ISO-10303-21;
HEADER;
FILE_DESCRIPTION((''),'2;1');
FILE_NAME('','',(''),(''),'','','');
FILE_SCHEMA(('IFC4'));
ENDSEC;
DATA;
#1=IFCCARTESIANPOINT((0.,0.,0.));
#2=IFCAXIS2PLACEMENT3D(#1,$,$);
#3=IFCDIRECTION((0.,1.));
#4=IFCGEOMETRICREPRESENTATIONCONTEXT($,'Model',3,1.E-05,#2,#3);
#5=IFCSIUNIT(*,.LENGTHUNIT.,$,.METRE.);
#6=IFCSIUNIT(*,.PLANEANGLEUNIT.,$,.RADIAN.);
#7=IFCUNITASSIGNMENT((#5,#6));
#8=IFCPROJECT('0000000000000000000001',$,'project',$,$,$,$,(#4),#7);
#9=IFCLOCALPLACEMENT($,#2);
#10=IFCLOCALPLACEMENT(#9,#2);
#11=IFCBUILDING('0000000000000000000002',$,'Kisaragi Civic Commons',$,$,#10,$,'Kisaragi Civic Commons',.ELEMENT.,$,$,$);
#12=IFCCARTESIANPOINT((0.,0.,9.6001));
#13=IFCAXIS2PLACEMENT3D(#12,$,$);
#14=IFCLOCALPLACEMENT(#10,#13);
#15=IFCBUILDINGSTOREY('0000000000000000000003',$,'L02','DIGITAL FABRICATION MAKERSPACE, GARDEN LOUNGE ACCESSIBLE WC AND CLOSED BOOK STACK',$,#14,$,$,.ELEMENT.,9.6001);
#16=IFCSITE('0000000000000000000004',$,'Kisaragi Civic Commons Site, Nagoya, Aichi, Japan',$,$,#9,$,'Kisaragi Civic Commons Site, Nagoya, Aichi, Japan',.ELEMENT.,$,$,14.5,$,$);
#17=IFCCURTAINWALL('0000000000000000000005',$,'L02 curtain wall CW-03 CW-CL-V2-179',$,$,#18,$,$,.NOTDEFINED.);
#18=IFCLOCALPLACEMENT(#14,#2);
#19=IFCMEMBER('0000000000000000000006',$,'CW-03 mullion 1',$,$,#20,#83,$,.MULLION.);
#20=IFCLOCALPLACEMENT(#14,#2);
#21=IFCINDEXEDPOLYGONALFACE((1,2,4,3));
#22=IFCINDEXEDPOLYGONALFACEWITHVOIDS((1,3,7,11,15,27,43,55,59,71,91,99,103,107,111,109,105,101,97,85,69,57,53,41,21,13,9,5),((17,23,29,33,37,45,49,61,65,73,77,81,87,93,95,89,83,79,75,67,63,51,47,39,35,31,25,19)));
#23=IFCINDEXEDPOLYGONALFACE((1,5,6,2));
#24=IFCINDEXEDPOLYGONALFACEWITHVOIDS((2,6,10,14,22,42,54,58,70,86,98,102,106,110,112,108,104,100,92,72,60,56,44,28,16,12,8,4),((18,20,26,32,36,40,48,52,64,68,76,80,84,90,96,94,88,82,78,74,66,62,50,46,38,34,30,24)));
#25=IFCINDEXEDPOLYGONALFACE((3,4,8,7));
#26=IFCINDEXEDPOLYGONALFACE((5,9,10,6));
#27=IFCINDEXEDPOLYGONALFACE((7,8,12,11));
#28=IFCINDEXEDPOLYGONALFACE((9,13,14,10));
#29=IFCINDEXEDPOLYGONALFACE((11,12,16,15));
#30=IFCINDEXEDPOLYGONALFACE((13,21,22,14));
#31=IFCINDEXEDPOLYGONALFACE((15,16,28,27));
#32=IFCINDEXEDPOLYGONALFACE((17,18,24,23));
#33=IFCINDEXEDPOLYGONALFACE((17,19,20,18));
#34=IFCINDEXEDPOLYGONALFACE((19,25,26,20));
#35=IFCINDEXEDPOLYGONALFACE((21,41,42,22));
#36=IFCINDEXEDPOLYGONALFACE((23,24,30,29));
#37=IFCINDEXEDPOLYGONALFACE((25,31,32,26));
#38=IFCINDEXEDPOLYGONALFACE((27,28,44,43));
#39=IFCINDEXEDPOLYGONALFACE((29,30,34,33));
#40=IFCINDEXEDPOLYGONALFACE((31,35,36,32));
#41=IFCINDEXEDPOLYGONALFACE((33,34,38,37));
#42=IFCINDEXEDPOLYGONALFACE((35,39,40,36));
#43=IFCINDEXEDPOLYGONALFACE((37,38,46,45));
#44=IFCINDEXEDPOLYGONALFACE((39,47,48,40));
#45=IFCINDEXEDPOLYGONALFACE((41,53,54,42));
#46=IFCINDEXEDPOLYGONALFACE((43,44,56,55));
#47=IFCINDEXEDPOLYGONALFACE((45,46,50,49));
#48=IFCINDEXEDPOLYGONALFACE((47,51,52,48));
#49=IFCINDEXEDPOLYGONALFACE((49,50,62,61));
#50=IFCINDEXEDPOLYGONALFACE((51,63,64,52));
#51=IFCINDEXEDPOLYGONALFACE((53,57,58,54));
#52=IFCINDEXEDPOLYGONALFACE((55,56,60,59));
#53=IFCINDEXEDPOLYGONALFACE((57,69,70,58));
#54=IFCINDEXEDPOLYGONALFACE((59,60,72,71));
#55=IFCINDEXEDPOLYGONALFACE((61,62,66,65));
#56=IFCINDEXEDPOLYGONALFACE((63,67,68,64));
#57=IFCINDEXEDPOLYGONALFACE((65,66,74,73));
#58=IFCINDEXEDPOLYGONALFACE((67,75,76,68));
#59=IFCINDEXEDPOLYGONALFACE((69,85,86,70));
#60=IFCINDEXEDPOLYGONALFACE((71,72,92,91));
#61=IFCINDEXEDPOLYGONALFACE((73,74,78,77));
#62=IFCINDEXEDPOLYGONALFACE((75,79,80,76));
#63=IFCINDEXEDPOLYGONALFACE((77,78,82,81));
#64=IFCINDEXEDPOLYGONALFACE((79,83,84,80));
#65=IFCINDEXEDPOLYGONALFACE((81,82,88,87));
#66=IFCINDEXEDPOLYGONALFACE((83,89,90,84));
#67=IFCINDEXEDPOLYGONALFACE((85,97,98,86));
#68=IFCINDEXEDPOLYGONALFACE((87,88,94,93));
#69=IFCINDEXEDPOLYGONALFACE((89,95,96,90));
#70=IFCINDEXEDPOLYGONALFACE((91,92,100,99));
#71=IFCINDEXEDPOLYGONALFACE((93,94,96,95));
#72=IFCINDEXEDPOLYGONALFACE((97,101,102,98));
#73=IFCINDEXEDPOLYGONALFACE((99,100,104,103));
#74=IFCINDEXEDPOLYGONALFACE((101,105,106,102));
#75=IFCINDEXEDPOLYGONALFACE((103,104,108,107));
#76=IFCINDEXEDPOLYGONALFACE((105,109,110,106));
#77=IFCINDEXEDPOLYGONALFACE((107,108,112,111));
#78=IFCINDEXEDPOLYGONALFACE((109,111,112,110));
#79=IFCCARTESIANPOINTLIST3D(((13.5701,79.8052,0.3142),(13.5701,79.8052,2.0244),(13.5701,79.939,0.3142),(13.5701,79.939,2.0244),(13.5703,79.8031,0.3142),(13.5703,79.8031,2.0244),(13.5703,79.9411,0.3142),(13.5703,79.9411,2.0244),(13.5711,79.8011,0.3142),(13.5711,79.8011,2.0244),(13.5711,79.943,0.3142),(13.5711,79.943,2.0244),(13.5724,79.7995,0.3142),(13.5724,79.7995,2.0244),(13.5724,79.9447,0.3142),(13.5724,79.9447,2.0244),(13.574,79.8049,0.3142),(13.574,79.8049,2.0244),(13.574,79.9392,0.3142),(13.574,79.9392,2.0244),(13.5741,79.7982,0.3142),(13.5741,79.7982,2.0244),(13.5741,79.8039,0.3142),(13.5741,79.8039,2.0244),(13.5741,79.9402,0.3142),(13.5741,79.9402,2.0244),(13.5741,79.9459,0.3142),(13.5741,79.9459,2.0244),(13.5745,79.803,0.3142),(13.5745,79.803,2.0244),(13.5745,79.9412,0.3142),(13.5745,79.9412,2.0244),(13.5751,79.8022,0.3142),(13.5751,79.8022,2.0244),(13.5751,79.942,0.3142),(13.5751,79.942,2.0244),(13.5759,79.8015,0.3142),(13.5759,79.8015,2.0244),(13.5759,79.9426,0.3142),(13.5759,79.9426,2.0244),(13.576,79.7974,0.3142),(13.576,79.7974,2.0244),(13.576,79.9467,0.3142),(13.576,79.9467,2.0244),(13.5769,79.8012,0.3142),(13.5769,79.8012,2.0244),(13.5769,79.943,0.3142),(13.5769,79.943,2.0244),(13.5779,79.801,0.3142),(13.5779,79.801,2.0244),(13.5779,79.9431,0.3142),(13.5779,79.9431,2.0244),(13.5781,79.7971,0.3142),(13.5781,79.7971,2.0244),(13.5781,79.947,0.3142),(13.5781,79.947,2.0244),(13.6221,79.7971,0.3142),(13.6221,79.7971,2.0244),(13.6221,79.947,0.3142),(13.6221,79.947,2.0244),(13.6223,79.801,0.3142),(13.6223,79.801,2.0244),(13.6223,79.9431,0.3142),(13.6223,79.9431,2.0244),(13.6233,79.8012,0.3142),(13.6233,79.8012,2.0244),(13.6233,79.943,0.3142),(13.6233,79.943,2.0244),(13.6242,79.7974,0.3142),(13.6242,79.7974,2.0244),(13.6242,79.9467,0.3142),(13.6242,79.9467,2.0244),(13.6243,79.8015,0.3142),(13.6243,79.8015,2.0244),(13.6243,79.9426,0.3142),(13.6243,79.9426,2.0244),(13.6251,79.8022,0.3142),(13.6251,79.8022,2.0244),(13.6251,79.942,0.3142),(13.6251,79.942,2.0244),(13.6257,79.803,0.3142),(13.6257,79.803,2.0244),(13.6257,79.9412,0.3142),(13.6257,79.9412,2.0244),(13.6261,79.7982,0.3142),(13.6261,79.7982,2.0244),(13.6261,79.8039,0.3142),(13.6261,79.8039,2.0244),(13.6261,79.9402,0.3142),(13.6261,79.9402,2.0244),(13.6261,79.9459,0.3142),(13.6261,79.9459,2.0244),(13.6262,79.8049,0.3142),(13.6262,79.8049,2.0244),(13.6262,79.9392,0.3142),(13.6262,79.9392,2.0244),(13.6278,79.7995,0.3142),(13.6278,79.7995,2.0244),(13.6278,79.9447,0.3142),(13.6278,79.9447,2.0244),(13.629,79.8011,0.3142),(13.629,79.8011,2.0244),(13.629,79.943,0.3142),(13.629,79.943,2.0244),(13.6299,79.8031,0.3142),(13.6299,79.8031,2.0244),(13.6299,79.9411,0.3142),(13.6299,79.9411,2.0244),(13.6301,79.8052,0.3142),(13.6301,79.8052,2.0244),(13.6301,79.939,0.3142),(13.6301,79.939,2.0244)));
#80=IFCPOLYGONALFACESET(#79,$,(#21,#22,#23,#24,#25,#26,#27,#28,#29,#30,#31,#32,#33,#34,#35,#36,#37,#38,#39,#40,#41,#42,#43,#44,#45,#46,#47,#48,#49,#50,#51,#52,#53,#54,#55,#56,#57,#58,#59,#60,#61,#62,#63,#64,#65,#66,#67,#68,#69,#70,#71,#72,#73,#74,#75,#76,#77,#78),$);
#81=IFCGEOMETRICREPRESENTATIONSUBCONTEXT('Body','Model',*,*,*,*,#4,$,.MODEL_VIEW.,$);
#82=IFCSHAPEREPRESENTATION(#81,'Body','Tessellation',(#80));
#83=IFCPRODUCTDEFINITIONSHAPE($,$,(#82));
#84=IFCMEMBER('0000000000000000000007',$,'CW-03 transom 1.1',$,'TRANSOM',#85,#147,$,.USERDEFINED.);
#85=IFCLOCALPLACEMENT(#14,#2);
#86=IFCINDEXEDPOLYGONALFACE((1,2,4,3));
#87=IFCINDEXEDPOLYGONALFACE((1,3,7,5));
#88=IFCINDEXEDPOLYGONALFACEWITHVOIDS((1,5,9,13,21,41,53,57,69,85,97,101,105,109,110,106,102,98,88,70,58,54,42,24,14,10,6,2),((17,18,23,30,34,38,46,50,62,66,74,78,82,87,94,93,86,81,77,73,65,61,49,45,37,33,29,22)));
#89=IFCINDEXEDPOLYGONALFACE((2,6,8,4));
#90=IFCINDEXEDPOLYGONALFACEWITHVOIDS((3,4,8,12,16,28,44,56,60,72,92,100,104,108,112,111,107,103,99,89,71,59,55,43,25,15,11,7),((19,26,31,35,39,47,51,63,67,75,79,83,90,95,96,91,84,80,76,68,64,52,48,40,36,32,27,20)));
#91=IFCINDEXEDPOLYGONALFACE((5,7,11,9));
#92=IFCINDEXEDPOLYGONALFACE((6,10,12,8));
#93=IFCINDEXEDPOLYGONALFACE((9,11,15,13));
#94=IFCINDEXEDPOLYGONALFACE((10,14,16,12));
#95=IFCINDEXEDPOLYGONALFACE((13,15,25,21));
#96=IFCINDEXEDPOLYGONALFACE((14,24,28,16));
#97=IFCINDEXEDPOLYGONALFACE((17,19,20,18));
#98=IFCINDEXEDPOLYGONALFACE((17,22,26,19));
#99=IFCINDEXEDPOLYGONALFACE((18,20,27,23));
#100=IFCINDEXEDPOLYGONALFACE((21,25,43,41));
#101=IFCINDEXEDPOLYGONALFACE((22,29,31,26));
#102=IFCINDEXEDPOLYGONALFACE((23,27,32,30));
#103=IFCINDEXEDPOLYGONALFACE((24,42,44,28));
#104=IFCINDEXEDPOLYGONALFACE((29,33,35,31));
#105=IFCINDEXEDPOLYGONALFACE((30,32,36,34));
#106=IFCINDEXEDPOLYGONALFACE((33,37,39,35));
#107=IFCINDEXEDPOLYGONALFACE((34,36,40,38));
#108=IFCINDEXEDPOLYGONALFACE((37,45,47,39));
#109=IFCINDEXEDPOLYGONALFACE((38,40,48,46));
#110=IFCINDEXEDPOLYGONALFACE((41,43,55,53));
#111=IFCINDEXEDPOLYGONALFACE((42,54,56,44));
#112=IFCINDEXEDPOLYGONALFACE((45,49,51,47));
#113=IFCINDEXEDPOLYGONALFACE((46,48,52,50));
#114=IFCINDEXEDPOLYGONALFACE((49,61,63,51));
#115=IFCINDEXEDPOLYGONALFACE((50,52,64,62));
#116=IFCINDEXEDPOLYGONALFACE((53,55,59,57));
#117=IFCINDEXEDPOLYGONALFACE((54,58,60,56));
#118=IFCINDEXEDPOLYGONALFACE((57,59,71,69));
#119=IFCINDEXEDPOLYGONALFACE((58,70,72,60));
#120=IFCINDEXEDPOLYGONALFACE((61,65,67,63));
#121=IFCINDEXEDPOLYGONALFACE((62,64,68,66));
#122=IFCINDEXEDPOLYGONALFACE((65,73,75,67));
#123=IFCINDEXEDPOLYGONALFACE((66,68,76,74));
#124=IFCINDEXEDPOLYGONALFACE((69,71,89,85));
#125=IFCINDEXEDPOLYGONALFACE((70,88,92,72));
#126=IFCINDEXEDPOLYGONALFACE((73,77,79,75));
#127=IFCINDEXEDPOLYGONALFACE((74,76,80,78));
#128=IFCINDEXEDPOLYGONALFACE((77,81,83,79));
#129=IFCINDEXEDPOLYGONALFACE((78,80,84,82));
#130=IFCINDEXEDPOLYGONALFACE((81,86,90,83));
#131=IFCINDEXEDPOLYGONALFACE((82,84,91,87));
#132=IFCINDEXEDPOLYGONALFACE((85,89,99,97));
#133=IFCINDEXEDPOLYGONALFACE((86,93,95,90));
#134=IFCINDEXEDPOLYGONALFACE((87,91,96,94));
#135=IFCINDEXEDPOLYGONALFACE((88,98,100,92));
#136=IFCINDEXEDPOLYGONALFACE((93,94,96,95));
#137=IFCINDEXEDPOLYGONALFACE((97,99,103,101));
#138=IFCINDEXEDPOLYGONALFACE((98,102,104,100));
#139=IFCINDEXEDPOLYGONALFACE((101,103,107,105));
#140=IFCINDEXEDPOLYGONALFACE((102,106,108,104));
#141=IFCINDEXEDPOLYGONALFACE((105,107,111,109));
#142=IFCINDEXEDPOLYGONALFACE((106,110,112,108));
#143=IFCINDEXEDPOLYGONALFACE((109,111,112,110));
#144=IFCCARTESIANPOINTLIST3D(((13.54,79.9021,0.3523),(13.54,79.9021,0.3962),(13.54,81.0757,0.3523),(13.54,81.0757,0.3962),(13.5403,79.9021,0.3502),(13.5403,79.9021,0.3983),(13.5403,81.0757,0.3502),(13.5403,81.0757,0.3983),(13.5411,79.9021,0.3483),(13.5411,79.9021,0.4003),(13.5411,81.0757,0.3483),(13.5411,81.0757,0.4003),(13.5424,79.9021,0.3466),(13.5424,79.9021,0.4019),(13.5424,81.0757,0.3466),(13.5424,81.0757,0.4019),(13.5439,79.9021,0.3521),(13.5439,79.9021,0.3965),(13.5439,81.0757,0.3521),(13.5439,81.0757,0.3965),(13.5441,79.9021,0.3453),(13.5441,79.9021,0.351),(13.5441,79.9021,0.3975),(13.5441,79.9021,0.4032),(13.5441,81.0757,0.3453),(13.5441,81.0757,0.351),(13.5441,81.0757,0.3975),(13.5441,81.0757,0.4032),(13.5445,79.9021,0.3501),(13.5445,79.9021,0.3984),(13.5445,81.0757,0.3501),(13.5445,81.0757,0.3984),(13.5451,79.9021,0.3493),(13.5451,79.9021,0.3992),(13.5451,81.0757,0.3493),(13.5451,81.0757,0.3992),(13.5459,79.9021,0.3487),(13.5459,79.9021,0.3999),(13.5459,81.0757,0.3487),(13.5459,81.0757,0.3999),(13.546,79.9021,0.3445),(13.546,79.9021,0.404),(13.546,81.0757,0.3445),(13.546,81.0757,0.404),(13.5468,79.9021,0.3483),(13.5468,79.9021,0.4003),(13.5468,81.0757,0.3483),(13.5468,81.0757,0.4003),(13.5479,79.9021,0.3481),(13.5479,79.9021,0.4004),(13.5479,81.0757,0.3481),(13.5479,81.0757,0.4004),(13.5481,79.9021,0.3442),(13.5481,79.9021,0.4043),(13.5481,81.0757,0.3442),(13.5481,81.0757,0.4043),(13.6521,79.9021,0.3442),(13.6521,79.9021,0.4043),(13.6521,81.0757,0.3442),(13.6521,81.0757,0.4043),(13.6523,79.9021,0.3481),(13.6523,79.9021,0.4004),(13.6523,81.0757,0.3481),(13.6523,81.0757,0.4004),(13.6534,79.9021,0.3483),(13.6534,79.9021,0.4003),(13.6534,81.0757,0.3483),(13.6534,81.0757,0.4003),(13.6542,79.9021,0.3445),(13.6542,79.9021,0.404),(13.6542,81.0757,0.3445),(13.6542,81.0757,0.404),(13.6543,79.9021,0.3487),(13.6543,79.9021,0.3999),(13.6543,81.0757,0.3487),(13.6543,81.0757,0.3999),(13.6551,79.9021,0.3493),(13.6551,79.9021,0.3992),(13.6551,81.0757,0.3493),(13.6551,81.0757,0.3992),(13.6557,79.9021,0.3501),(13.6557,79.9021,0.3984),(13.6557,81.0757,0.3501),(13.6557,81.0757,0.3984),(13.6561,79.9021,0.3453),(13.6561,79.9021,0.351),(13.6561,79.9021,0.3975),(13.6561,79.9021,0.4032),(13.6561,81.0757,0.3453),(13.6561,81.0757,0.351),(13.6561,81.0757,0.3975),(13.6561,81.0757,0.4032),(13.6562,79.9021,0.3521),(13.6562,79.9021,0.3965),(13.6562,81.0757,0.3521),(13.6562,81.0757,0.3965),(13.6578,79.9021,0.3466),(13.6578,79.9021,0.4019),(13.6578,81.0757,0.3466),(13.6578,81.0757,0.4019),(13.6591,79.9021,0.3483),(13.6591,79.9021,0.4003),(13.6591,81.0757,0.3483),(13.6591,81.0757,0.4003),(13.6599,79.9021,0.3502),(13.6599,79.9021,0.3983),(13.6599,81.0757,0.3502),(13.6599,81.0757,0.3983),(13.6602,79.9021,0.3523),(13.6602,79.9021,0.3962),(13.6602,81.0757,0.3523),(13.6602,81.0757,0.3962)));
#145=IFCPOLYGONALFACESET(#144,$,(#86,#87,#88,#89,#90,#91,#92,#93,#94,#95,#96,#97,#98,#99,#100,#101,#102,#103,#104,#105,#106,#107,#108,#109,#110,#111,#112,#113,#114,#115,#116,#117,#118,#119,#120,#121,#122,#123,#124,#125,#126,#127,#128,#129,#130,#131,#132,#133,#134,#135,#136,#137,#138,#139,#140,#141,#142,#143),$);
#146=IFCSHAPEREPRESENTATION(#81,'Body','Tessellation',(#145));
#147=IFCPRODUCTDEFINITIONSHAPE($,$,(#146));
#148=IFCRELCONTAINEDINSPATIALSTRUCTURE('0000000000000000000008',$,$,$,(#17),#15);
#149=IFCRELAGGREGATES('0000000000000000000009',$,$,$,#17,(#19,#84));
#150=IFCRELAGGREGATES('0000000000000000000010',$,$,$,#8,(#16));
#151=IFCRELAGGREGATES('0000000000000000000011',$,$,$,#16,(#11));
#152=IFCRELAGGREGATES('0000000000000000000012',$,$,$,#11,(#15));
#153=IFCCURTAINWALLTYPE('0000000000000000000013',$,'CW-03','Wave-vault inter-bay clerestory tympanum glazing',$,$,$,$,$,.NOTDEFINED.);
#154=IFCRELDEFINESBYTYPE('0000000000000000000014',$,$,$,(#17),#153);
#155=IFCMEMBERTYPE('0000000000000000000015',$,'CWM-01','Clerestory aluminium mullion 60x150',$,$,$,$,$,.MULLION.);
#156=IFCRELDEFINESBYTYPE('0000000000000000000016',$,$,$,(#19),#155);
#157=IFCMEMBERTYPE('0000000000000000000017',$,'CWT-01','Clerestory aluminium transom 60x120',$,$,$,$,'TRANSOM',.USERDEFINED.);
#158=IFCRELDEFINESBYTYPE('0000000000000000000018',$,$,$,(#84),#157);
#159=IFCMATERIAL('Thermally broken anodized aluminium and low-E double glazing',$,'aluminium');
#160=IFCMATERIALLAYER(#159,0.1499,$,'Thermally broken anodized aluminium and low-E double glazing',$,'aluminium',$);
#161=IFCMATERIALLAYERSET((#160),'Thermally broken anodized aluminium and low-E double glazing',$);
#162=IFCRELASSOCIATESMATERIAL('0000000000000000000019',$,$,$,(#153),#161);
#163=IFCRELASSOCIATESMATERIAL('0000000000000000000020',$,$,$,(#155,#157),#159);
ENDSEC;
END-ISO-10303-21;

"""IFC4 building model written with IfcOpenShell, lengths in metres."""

from ifc_helpers import new_model, si_unit, direction, frame, origin, origin_2d, place, context, subcontext, project, spatial, hollow_rectangle, extrude, material, layer, layer_set, material_profile, profile_set, type_object, element, aggregate, save


model = new_model("IFC4")

# Units and contexts
model_context = context("Model", 3, precision=1e-05, world=origin(), true_north=direction((0.0, 1.0)))
body_context = subcontext(model_context, "Body", "Model", "MODEL_VIEW")
ifc_project = project(units=[si_unit("LENGTHUNIT", "METRE"), si_unit("PLANEANGLEUNIT", "RADIAN")], contexts=[model_context])

# Site, building, storey
site_placement = place(None, origin())
site = spatial("IfcSite", under=ifc_project, at=site_placement, Name="Kisaragi Civic Commons Site, Nagoya, Aichi, Japan", LongName="Kisaragi Civic Commons Site, Nagoya, Aichi, Japan", CompositionType="ELEMENT", RefElevation=14.5)
building_placement = place(site_placement, origin())
building = spatial("IfcBuilding", under=site, at=building_placement, Name="Kisaragi Civic Commons", LongName="Kisaragi Civic Commons", CompositionType="ELEMENT")
storey_placement = place(building_placement, frame((0.0, 0.0, 9.6001)))
storey = spatial("IfcBuildingStorey", under=building, at=storey_placement, Name="L02", Description="DIGITAL FABRICATION MAKERSPACE, GARDEN LOUNGE ACCESSIBLE WC AND CLOSED BOOK STACK", CompositionType="ELEMENT", Elevation=9.6001)

# Curtain wall, members
ifc_material_1 = material(Name="Thermally broken anodized aluminium and low-E double glazing", Category="aluminium")
ifc_layer_1 = layer(ifc_material_1, 0.1499, Name="Thermally broken anodized aluminium and low-E double glazing", Category="aluminium")
ifc_layer_set_1 = layer_set([ifc_layer_1], Name="Thermally broken anodized aluminium and low-E double glazing")
curtain_wall_type = type_object("IfcCurtainWallType", Name="CW-03", Description="Wave-vault inter-bay clerestory tympanum glazing", PredefinedType="NOTDEFINED", material=ifc_layer_set_1)
curtain_wall_placement = place(storey_placement, origin())
curtain_wall = element("IfcCurtainWall", 1, at=curtain_wall_placement, inside=storey, type_object=curtain_wall_type, Name="L02 curtain wall CW-03 CW-CL-V2-179", PredefinedType="NOTDEFINED")
ifc_material_profile_1 = material_profile(ifc_material_1, hollow_rectangle(XDim=0.0601, YDim=0.1499, WallThickness=0.0039, InnerFilletRadius=0.0039, OuterFilletRadius=0.0081, at=origin_2d()), Name="CWM-60x150x4", Category="aluminium")
ifc_profile_set_1 = profile_set([ifc_material_profile_1], Name="Thermally broken anodized aluminium and low-E double glazing")
member_type_1 = type_object("IfcMemberType", Name="CWM-01", Description="Clerestory aluminium mullion 60x150", PredefinedType="MULLION", material=ifc_profile_set_1)
member_1_placement = place(storey_placement, frame((13.6001, 79.8721, 0.3142), z_axis=(0.0, 0.0, 1.0), x_axis=(-1.0, 0.0, 0.0)))
member_1 = element("IfcMember", 2, at=member_1_placement, type_object=member_type_1, Name="CW-03 mullion 1", PredefinedType="MULLION", context=body_context, shape_type="SweptSolid", body=[
    extrude(hollow_rectangle(XDim=0.0601, YDim=0.1499, WallThickness=0.0039, InnerFilletRadius=0.0039, OuterFilletRadius=0.0081, at=origin_2d()), origin(), (0.0, 0.0, 1.0), 1.7102),
])
ifc_material_profile_2 = material_profile(ifc_material_1, hollow_rectangle(XDim=0.1201, YDim=0.0601, WallThickness=0.0039, InnerFilletRadius=0.0039, OuterFilletRadius=0.0081, at=origin_2d()), Name="CWT-60x120x4", Category="aluminium")
ifc_profile_set_2 = profile_set([ifc_material_profile_2], Name="Thermally broken anodized aluminium and low-E double glazing")
member_type_2 = type_object("IfcMemberType", Name="CWT-01", Description="Clerestory aluminium transom 60x120", ElementType="TRANSOM", PredefinedType="USERDEFINED", material=ifc_profile_set_2)
member_2_placement = place(storey_placement, frame((13.6001, 79.9021, 0.3743), z_axis=(0.0, 1.0, 0.0), x_axis=(-1.0, 0.0, 0.0)))
member_2 = element("IfcMember", 3, at=member_2_placement, type_object=member_type_2, Name="CW-03 transom 1.1", ObjectType="TRANSOM", PredefinedType="USERDEFINED", context=body_context, shape_type="SweptSolid", body=[
    extrude(hollow_rectangle(XDim=0.1201, YDim=0.0601, WallThickness=0.0039, InnerFilletRadius=0.0039, OuterFilletRadius=0.0081, at=origin_2d()), origin(), (0.0, 0.0, 1.0), 1.1736),
])
aggregate(curtain_wall, [member_1, member_2])

save(model, "model.ifc")
